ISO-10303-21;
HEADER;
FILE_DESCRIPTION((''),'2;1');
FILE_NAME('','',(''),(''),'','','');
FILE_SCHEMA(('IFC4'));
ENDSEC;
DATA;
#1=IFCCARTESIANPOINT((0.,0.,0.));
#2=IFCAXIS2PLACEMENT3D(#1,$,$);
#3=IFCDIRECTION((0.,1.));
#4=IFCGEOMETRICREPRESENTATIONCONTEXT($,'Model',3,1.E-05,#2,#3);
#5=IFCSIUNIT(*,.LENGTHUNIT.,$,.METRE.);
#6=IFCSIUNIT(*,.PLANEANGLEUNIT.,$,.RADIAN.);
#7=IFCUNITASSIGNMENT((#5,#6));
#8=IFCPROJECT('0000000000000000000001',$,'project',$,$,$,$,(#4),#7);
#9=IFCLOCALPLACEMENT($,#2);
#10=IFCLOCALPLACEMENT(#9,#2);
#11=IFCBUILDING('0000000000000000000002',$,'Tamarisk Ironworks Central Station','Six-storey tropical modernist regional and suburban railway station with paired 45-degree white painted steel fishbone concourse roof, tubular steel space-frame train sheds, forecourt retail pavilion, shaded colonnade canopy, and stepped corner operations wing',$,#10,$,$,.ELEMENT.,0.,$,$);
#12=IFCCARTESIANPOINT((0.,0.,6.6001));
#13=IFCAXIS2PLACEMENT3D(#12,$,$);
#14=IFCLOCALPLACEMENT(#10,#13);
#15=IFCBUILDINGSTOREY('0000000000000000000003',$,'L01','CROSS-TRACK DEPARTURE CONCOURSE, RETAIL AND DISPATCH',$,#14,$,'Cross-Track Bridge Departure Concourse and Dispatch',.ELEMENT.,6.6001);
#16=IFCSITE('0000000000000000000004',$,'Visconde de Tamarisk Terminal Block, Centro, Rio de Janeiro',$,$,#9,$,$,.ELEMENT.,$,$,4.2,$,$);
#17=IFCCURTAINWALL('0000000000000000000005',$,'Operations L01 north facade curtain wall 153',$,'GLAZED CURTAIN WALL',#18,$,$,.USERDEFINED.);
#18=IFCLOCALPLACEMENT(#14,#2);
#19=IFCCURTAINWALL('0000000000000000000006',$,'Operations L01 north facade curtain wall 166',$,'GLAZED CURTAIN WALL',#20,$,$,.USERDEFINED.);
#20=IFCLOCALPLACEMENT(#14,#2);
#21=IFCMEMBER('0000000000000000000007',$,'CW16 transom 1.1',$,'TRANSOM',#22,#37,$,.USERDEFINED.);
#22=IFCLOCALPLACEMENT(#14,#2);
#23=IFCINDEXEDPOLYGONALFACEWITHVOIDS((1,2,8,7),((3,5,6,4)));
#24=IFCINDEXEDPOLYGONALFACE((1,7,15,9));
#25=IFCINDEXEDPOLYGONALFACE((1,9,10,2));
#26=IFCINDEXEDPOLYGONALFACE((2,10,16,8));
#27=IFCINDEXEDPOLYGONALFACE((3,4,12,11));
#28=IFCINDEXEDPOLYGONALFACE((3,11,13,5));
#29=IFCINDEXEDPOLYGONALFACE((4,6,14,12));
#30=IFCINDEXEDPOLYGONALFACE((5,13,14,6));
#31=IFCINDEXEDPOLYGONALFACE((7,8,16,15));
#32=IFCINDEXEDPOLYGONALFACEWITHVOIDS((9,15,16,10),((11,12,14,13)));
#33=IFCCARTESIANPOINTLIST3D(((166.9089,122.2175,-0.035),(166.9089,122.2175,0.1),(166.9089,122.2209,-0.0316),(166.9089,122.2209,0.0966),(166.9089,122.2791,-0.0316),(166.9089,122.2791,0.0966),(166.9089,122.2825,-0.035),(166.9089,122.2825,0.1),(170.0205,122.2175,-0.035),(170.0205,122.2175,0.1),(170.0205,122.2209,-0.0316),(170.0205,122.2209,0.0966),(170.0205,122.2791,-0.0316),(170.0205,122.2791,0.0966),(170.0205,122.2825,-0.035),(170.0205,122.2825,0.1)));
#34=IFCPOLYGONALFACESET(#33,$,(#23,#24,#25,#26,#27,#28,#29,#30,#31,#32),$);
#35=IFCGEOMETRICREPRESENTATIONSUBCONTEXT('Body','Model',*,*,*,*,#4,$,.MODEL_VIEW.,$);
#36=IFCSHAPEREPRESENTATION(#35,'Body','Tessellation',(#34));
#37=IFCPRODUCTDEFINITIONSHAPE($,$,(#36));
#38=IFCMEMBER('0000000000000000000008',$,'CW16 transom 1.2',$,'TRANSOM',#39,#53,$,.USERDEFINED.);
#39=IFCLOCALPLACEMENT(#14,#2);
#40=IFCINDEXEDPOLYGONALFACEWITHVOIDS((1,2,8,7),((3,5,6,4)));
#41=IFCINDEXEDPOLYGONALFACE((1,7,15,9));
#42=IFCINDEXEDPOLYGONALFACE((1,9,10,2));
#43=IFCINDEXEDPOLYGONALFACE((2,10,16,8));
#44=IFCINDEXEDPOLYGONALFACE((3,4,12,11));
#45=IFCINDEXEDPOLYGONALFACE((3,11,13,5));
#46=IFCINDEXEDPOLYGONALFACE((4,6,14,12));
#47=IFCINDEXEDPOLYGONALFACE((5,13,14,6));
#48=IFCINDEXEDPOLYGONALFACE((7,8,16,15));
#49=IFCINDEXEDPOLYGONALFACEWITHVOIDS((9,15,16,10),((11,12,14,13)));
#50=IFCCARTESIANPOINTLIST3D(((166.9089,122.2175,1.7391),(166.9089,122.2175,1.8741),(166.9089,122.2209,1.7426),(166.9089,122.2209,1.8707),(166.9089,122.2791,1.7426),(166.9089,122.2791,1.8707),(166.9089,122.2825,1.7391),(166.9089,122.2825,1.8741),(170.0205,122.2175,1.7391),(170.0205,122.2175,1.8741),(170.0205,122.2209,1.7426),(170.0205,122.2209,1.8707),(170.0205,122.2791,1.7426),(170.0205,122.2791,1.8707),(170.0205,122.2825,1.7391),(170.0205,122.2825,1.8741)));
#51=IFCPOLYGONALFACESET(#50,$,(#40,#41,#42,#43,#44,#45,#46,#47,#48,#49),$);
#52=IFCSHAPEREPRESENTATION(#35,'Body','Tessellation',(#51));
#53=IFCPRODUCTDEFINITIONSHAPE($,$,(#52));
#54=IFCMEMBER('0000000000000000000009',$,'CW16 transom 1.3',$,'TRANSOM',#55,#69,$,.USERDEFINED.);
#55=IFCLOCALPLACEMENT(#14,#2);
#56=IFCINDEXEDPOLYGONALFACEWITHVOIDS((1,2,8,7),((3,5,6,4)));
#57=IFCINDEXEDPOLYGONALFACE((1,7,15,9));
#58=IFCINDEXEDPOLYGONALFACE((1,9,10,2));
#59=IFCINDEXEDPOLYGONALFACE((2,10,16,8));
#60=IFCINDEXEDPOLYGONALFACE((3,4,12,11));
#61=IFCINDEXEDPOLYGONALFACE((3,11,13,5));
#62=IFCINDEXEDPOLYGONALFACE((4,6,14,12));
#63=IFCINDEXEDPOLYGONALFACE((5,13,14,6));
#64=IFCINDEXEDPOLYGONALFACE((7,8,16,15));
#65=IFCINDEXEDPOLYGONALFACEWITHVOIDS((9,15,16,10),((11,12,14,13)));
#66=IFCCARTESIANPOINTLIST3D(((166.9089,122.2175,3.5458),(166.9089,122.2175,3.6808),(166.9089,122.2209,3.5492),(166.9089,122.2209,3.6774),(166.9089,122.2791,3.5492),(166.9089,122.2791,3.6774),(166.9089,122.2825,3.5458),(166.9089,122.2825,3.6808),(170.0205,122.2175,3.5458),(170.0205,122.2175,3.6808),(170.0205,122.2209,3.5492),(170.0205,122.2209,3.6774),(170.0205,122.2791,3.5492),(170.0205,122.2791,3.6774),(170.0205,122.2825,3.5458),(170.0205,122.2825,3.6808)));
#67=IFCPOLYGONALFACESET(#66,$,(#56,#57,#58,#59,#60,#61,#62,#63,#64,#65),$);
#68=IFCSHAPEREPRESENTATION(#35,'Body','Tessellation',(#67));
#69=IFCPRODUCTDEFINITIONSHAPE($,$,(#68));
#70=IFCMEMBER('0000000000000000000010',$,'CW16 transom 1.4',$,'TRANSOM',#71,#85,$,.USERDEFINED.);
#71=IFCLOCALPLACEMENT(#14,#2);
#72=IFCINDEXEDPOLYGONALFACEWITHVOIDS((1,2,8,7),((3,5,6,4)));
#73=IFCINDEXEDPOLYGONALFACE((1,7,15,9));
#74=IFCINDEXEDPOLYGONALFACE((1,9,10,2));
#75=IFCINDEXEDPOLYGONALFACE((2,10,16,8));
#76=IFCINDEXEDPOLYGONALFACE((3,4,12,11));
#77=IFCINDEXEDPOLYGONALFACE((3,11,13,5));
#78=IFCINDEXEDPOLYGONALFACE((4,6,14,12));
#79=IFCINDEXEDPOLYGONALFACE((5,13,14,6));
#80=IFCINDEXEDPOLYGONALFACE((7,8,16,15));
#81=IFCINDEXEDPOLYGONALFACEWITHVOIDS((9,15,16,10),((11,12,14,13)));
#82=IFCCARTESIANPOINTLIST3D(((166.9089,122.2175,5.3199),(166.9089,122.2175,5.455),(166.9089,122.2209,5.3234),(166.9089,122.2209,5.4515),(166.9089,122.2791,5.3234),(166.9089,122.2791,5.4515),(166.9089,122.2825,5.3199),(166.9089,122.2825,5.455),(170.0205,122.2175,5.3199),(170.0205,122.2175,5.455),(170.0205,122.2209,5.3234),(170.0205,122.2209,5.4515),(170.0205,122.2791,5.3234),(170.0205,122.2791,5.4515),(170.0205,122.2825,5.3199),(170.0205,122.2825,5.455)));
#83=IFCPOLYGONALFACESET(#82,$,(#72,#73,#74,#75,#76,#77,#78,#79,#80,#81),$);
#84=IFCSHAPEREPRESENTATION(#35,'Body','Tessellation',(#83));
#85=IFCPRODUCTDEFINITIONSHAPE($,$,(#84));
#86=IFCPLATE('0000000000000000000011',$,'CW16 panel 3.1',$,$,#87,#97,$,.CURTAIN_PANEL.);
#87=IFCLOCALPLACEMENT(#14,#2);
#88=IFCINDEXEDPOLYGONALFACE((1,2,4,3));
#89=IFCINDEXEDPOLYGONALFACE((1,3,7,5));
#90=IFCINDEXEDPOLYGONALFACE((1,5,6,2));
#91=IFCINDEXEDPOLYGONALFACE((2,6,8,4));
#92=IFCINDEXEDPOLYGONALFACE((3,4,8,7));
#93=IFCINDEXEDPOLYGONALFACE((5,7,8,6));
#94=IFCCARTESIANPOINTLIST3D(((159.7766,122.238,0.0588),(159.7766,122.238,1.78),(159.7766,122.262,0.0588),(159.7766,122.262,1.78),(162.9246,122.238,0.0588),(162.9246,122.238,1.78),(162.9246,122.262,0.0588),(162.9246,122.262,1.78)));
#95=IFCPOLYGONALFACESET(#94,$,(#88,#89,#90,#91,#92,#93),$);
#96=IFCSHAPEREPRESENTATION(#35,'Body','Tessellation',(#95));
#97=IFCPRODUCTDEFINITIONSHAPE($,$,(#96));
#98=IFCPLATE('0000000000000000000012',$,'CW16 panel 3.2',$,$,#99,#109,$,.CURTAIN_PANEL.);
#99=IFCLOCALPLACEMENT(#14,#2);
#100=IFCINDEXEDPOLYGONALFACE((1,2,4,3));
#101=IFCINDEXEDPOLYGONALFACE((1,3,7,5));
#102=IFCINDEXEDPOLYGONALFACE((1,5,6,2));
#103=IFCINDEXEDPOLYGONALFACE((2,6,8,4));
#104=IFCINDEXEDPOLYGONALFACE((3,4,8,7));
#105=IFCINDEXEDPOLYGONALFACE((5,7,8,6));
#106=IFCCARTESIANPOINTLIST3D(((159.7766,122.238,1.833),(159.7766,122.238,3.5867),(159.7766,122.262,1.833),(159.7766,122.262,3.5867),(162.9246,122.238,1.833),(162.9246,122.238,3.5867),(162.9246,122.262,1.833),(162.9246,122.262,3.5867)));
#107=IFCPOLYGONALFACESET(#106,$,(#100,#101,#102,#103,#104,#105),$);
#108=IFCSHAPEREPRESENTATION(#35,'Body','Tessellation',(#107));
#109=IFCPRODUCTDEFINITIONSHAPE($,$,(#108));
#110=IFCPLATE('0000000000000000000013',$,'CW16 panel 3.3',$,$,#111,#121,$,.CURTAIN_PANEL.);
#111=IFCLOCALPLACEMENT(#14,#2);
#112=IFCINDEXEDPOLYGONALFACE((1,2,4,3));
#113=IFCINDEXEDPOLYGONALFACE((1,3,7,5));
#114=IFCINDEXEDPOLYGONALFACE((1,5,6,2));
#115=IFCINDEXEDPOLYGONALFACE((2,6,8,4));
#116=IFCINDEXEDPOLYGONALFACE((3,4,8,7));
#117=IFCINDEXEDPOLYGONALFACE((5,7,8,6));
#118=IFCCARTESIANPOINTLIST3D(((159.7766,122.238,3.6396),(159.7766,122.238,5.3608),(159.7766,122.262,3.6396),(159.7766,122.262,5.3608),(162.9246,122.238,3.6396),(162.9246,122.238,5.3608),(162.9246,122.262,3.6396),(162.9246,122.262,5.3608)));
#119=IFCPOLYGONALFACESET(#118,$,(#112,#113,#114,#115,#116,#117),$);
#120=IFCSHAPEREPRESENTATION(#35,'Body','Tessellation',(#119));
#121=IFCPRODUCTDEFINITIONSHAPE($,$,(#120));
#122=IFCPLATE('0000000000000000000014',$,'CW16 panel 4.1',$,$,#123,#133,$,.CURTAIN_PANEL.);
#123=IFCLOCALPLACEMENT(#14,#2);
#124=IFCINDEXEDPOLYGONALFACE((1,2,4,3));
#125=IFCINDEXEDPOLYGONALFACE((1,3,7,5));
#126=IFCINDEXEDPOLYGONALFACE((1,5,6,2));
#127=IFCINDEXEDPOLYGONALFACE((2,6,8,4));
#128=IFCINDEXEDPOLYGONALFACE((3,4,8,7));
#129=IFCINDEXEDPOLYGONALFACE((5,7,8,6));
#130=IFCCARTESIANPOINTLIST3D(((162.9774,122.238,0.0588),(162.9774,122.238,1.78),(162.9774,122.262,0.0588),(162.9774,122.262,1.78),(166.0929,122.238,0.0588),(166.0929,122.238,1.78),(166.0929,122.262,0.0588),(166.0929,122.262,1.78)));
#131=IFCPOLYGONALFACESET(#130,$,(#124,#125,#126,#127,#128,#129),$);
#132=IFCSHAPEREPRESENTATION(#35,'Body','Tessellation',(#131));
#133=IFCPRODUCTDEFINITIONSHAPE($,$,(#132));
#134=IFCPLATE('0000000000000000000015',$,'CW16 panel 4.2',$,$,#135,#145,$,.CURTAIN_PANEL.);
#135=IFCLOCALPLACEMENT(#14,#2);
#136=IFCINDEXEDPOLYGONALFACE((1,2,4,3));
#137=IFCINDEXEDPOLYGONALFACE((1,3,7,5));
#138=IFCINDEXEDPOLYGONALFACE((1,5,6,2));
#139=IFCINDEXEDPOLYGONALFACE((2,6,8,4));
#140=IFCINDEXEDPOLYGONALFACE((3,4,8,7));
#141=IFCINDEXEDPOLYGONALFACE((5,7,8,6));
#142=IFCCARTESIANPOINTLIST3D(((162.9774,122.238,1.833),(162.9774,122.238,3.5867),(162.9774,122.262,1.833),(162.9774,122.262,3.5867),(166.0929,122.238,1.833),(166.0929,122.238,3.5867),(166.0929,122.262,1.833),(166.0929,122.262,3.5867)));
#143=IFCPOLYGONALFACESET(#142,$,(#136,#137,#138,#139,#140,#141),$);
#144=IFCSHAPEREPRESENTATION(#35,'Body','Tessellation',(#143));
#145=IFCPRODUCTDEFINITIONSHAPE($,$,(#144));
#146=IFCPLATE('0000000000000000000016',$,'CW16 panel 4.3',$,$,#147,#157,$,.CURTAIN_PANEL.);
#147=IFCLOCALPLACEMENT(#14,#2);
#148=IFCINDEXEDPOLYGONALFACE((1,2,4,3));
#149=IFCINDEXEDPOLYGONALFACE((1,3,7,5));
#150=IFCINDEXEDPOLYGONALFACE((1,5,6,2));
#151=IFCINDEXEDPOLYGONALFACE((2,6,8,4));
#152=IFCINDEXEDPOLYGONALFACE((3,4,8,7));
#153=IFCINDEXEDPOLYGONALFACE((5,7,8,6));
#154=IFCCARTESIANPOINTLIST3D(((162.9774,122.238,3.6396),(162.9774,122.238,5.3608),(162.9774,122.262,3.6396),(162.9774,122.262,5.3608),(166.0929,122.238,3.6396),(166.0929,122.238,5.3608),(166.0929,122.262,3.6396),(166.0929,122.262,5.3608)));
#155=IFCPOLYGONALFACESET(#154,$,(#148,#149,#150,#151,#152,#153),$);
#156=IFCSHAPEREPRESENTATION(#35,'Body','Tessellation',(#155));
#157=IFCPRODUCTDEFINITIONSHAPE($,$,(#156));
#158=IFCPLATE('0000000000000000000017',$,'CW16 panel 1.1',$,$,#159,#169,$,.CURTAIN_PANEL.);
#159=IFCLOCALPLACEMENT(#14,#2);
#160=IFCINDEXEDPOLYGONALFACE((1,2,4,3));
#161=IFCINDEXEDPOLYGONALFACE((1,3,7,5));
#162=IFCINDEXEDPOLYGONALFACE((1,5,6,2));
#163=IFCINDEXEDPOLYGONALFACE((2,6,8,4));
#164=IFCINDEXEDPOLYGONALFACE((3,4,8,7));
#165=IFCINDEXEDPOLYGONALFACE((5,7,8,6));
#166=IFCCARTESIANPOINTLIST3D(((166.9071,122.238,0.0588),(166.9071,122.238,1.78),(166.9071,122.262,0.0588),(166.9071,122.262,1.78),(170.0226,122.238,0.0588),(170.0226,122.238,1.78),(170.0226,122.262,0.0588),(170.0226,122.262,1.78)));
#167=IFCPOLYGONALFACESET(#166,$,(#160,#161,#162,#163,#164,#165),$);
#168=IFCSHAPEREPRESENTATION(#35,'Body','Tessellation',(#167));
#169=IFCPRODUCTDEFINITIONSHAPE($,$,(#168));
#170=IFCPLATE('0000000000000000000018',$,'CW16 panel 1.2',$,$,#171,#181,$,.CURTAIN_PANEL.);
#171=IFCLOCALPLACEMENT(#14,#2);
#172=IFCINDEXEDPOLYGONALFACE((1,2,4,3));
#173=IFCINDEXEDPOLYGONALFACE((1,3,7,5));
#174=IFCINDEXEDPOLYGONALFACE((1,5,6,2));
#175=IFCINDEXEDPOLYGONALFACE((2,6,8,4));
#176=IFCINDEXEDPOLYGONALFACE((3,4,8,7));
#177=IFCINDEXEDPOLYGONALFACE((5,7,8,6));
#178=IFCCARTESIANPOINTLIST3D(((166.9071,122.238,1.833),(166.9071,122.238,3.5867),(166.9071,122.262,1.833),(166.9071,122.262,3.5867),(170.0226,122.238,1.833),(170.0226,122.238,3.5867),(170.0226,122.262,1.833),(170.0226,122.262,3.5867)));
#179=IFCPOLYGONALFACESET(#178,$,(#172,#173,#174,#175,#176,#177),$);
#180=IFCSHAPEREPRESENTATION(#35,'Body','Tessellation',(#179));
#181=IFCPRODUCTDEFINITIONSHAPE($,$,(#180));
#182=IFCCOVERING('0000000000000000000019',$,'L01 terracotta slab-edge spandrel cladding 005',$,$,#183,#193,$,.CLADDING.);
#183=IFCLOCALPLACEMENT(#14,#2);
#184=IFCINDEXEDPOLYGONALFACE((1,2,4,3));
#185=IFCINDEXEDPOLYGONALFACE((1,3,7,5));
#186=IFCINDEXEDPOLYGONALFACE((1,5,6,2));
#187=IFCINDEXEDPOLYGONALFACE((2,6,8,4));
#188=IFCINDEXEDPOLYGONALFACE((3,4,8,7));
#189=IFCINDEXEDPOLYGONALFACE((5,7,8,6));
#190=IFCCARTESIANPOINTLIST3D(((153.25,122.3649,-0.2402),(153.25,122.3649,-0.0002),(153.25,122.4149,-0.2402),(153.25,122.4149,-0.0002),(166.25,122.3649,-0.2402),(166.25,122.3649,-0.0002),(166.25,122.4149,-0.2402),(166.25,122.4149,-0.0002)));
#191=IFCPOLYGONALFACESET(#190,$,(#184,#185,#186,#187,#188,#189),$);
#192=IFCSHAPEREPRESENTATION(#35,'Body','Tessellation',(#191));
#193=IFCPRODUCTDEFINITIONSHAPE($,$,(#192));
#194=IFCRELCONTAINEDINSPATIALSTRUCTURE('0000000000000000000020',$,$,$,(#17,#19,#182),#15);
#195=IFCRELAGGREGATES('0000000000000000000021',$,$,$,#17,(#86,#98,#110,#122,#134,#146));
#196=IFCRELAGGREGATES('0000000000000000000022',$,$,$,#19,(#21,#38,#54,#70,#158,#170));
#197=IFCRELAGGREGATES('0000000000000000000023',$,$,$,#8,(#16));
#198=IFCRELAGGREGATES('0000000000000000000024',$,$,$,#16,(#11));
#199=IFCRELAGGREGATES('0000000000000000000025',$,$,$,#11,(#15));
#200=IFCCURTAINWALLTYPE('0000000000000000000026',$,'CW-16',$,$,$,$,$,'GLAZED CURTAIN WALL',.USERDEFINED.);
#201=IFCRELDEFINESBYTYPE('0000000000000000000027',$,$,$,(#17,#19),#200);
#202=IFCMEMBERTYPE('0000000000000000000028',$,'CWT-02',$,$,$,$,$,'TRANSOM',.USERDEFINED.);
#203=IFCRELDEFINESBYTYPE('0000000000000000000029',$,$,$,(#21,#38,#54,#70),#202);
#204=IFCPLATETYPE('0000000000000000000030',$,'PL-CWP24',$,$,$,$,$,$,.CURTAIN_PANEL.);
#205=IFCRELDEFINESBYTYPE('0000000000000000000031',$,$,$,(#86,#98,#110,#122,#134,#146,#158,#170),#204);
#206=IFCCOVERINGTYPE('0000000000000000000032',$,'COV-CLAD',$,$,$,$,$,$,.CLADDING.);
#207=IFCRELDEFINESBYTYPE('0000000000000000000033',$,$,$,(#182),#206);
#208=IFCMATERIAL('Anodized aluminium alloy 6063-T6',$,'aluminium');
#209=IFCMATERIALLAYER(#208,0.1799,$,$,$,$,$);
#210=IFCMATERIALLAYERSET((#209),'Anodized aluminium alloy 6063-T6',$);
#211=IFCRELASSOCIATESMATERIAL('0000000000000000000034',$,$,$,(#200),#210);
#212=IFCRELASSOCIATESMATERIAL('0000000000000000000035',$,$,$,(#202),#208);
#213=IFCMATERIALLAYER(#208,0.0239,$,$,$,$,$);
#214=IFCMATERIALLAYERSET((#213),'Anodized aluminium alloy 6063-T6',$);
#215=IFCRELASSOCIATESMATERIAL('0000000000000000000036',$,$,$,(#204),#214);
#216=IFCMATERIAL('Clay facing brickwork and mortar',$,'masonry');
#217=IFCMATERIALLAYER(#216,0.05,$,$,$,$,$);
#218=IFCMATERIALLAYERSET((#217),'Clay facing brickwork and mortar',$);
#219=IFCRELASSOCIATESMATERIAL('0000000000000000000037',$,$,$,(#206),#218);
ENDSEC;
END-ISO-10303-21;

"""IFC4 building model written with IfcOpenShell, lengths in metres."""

from ifc_helpers import new_model, si_unit, direction, frame, origin, origin_2d, place, context, subcontext, project, spatial, rectangle, hollow_rectangle, extrude, material, layer, layer_set, material_profile, profile_set, type_object, element, aggregate, save


model = new_model("IFC4")

# Units and contexts
model_context = context("Model", 3, precision=1e-05, world=origin(), true_north=direction((0.0, 1.0)))
body_context = subcontext(model_context, "Body", "Model", "MODEL_VIEW")
ifc_project = project(units=[si_unit("LENGTHUNIT", "METRE"), si_unit("PLANEANGLEUNIT", "RADIAN")], contexts=[model_context])

# Site, building, storey
site_placement = place(None, origin())
site = spatial("IfcSite", under=ifc_project, at=site_placement, Name="Visconde de Tamarisk Terminal Block, Centro, Rio de Janeiro", CompositionType="ELEMENT", RefElevation=4.2)
building_placement = place(site_placement, origin())
building = spatial("IfcBuilding", under=site, at=building_placement, Name="Tamarisk Ironworks Central Station", Description="Six-storey tropical modernist regional and suburban railway station with paired 45-degree white painted steel fishbone concourse roof, tubular steel space-frame train sheds, forecourt retail pavilion, shaded colonnade canopy, and stepped corner operations wing", CompositionType="ELEMENT", ElevationOfRefHeight=0.0)
storey_placement = place(building_placement, frame((0.0, 0.0, 6.6001)))
storey = spatial("IfcBuildingStorey", under=building, at=storey_placement, Name="L01", Description="CROSS-TRACK DEPARTURE CONCOURSE, RETAIL AND DISPATCH", LongName="Cross-Track Bridge Departure Concourse and Dispatch", CompositionType="ELEMENT", Elevation=6.6001)

# Curtain wall
ifc_material_1 = material(Name="Anodized aluminium alloy 6063-T6", Category="aluminium")
ifc_layer_1 = layer(ifc_material_1, 0.1799)
ifc_layer_set_1 = layer_set([ifc_layer_1], Name="Anodized aluminium alloy 6063-T6")
curtain_wall_type = type_object("IfcCurtainWallType", Name="CW-16", ElementType="GLAZED CURTAIN WALL", PredefinedType="USERDEFINED", material=ifc_layer_set_1)
curtain_wall_1_placement = place(storey_placement, origin())
curtain_wall_1 = element("IfcCurtainWall", 1, at=curtain_wall_1_placement, inside=storey, type_object=curtain_wall_type, Name="Operations L01 north facade curtain wall 153", ObjectType="GLAZED CURTAIN WALL", PredefinedType="USERDEFINED")

# Curtain wall
curtain_wall_2_placement = place(storey_placement, origin())
curtain_wall_2 = element("IfcCurtainWall", 2, at=curtain_wall_2_placement, inside=storey, type_object=curtain_wall_type, Name="Operations L01 north facade curtain wall 166", ObjectType="GLAZED CURTAIN WALL", PredefinedType="USERDEFINED")

# Members
ifc_material_profile_1 = material_profile(ifc_material_1, hollow_rectangle(XDim=0.0649, YDim=0.135, WallThickness=0.0034, at=origin_2d()), Name="ALUM 135x65")
ifc_profile_set_1 = profile_set([ifc_material_profile_1], Name="Anodized aluminium alloy 6063-T6")
member_type_1 = type_object("IfcMemberType", Name="CWT-02", ElementType="TRANSOM", PredefinedType="USERDEFINED", material=ifc_profile_set_1)
member_1_placement = place(storey_placement, frame((166.9089, 122.25, 0.0325), z_axis=(1.0, 0.0, 0.0), x_axis=(0.0, 1.0, 0.0)))
member_1 = element("IfcMember", 3, at=member_1_placement, type_object=member_type_1, Name="CW16 transom 1.1", ObjectType="TRANSOM", PredefinedType="USERDEFINED", context=body_context, shape_type="SweptSolid", body=[
    extrude(hollow_rectangle(XDim=0.0649, YDim=0.135, WallThickness=0.0034, at=origin_2d()), origin(), (0.0, 0.0, 1.0), 3.1116),
])
member_2_placement = place(storey_placement, frame((166.9089, 122.25, 1.8066), z_axis=(1.0, 0.0, 0.0), x_axis=(0.0, 1.0, 0.0)))
member_2 = element("IfcMember", 4, at=member_2_placement, type_object=member_type_1, Name="CW16 transom 1.2", ObjectType="TRANSOM", PredefinedType="USERDEFINED", context=body_context, shape_type="SweptSolid", body=[
    extrude(hollow_rectangle(XDim=0.0649, YDim=0.135, WallThickness=0.0034, at=origin_2d()), origin(), (0.0, 0.0, 1.0), 3.1116),
])
member_3_placement = place(storey_placement, frame((166.9089, 122.25, 3.6133), z_axis=(1.0, 0.0, 0.0), x_axis=(0.0, 1.0, 0.0)))
member_3 = element("IfcMember", 5, at=member_3_placement, type_object=member_type_1, Name="CW16 transom 1.3", ObjectType="TRANSOM", PredefinedType="USERDEFINED", context=body_context, shape_type="SweptSolid", body=[
    extrude(hollow_rectangle(XDim=0.0649, YDim=0.135, WallThickness=0.0034, at=origin_2d()), origin(), (0.0, 0.0, 1.0), 3.1116),
])
member_4_placement = place(storey_placement, frame((166.9089, 122.25, 5.3875), z_axis=(1.0, 0.0, 0.0), x_axis=(0.0, 1.0, 0.0)))
member_4 = element("IfcMember", 6, at=member_4_placement, type_object=member_type_1, Name="CW16 transom 1.4", ObjectType="TRANSOM", PredefinedType="USERDEFINED", context=body_context, shape_type="SweptSolid", body=[
    extrude(hollow_rectangle(XDim=0.0649, YDim=0.135, WallThickness=0.0034, at=origin_2d()), origin(), (0.0, 0.0, 1.0), 3.1116),
])

# Plates
ifc_layer_2 = layer(ifc_material_1, 0.0239)
ifc_layer_set_2 = layer_set([ifc_layer_2], Name="Anodized aluminium alloy 6063-T6")
plate_type = type_object("IfcPlateType", Name="PL-CWP24", PredefinedType="CURTAIN_PANEL", material=ifc_layer_set_2)
plate_1_placement = place(storey_placement, frame((161.3506, 122.25, 0.0588), z_axis=(0.0, 0.0, 1.0), x_axis=(1.0, 0.0, 0.0)))
plate_1 = element("IfcPlate", 7, at=plate_1_placement, type_object=plate_type, Name="CW16 panel 3.1", PredefinedType="CURTAIN_PANEL", context=body_context, shape_type="SweptSolid", body=[
    extrude(rectangle(XDim=3.1479, YDim=0.0239, at=origin_2d()), origin(), (0.0, 0.0, 1.0), 1.7212),
])
plate_2_placement = place(storey_placement, frame((161.3506, 122.25, 1.833), z_axis=(0.0, 0.0, 1.0), x_axis=(1.0, 0.0, 0.0)))
plate_2 = element("IfcPlate", 8, at=plate_2_placement, type_object=plate_type, Name="CW16 panel 3.2", PredefinedType="CURTAIN_PANEL", context=body_context, shape_type="SweptSolid", body=[
    extrude(rectangle(XDim=3.1479, YDim=0.0239, at=origin_2d()), origin(), (0.0, 0.0, 1.0), 1.7537),
])
plate_3_placement = place(storey_placement, frame((161.3506, 122.25, 3.6396), z_axis=(0.0, 0.0, 1.0), x_axis=(1.0, 0.0, 0.0)))
plate_3 = element("IfcPlate", 9, at=plate_3_placement, type_object=plate_type, Name="CW16 panel 3.3", PredefinedType="CURTAIN_PANEL", context=body_context, shape_type="SweptSolid", body=[
    extrude(rectangle(XDim=3.1479, YDim=0.0239, at=origin_2d()), origin(), (0.0, 0.0, 1.0), 1.7212),
])
plate_4_placement = place(storey_placement, frame((164.5352, 122.25, 0.0588), z_axis=(0.0, 0.0, 1.0), x_axis=(1.0, 0.0, 0.0)))
plate_4 = element("IfcPlate", 10, at=plate_4_placement, type_object=plate_type, Name="CW16 panel 4.1", PredefinedType="CURTAIN_PANEL", context=body_context, shape_type="SweptSolid", body=[
    extrude(rectangle(XDim=3.1155, YDim=0.0239, at=origin_2d()), origin(), (0.0, 0.0, 1.0), 1.7212),
])
plate_5_placement = place(storey_placement, frame((164.5352, 122.25, 1.833), z_axis=(0.0, 0.0, 1.0), x_axis=(1.0, 0.0, 0.0)))
plate_5 = element("IfcPlate", 11, at=plate_5_placement, type_object=plate_type, Name="CW16 panel 4.2", PredefinedType="CURTAIN_PANEL", context=body_context, shape_type="SweptSolid", body=[
    extrude(rectangle(XDim=3.1155, YDim=0.0239, at=origin_2d()), origin(), (0.0, 0.0, 1.0), 1.7537),
])
plate_6_placement = place(storey_placement, frame((164.5352, 122.25, 3.6396), z_axis=(0.0, 0.0, 1.0), x_axis=(1.0, 0.0, 0.0)))
plate_6 = element("IfcPlate", 12, at=plate_6_placement, type_object=plate_type, Name="CW16 panel 4.3", PredefinedType="CURTAIN_PANEL", context=body_context, shape_type="SweptSolid", body=[
    extrude(rectangle(XDim=3.1155, YDim=0.0239, at=origin_2d()), origin(), (0.0, 0.0, 1.0), 1.7212),
])
aggregate(curtain_wall_1, [plate_1, plate_2, plate_3, plate_4, plate_5, plate_6])
plate_7_placement = place(storey_placement, frame((168.4648, 122.25, 0.0588), z_axis=(0.0, 0.0, 1.0), x_axis=(1.0, 0.0, 0.0)))
plate_7 = element("IfcPlate", 13, at=plate_7_placement, type_object=plate_type, Name="CW16 panel 1.1", PredefinedType="CURTAIN_PANEL", context=body_context, shape_type="SweptSolid", body=[
    extrude(rectangle(XDim=3.1155, YDim=0.0239, at=origin_2d()), origin(), (0.0, 0.0, 1.0), 1.7212),
])
plate_8_placement = place(storey_placement, frame((168.4648, 122.25, 1.833), z_axis=(0.0, 0.0, 1.0), x_axis=(1.0, 0.0, 0.0)))
plate_8 = element("IfcPlate", 14, at=plate_8_placement, type_object=plate_type, Name="CW16 panel 1.2", PredefinedType="CURTAIN_PANEL", context=body_context, shape_type="SweptSolid", body=[
    extrude(rectangle(XDim=3.1155, YDim=0.0239, at=origin_2d()), origin(), (0.0, 0.0, 1.0), 1.7537),
])
aggregate(curtain_wall_2, [member_1, member_2, member_3, member_4, plate_7, plate_8])

# Covering
ifc_material_2 = material(Name="Clay facing brickwork and mortar", Category="masonry")
ifc_layer_3 = layer(ifc_material_2, 0.05)
ifc_layer_set_3 = layer_set([ifc_layer_3], Name="Clay facing brickwork and mortar")
covering_type = type_object("IfcCoveringType", Name="COV-CLAD", PredefinedType="CLADDING", material=ifc_layer_set_3)
covering_placement = place(storey_placement, frame((159.75, 122.3899, -0.2402), z_axis=(0.0, 0.0, 1.0), x_axis=(1.0, 0.0, 0.0)))
element("IfcCovering", 15, at=covering_placement, inside=storey, type_object=covering_type, Name="L01 terracotta slab-edge spandrel cladding 005", PredefinedType="CLADDING", context=body_context, shape_type="SweptSolid", body=[
    extrude(rectangle(XDim=13.0, YDim=0.05, at=origin_2d()), origin(), (0.0, 0.0, 1.0), 0.24),
])

save(model, "model.ifc")
